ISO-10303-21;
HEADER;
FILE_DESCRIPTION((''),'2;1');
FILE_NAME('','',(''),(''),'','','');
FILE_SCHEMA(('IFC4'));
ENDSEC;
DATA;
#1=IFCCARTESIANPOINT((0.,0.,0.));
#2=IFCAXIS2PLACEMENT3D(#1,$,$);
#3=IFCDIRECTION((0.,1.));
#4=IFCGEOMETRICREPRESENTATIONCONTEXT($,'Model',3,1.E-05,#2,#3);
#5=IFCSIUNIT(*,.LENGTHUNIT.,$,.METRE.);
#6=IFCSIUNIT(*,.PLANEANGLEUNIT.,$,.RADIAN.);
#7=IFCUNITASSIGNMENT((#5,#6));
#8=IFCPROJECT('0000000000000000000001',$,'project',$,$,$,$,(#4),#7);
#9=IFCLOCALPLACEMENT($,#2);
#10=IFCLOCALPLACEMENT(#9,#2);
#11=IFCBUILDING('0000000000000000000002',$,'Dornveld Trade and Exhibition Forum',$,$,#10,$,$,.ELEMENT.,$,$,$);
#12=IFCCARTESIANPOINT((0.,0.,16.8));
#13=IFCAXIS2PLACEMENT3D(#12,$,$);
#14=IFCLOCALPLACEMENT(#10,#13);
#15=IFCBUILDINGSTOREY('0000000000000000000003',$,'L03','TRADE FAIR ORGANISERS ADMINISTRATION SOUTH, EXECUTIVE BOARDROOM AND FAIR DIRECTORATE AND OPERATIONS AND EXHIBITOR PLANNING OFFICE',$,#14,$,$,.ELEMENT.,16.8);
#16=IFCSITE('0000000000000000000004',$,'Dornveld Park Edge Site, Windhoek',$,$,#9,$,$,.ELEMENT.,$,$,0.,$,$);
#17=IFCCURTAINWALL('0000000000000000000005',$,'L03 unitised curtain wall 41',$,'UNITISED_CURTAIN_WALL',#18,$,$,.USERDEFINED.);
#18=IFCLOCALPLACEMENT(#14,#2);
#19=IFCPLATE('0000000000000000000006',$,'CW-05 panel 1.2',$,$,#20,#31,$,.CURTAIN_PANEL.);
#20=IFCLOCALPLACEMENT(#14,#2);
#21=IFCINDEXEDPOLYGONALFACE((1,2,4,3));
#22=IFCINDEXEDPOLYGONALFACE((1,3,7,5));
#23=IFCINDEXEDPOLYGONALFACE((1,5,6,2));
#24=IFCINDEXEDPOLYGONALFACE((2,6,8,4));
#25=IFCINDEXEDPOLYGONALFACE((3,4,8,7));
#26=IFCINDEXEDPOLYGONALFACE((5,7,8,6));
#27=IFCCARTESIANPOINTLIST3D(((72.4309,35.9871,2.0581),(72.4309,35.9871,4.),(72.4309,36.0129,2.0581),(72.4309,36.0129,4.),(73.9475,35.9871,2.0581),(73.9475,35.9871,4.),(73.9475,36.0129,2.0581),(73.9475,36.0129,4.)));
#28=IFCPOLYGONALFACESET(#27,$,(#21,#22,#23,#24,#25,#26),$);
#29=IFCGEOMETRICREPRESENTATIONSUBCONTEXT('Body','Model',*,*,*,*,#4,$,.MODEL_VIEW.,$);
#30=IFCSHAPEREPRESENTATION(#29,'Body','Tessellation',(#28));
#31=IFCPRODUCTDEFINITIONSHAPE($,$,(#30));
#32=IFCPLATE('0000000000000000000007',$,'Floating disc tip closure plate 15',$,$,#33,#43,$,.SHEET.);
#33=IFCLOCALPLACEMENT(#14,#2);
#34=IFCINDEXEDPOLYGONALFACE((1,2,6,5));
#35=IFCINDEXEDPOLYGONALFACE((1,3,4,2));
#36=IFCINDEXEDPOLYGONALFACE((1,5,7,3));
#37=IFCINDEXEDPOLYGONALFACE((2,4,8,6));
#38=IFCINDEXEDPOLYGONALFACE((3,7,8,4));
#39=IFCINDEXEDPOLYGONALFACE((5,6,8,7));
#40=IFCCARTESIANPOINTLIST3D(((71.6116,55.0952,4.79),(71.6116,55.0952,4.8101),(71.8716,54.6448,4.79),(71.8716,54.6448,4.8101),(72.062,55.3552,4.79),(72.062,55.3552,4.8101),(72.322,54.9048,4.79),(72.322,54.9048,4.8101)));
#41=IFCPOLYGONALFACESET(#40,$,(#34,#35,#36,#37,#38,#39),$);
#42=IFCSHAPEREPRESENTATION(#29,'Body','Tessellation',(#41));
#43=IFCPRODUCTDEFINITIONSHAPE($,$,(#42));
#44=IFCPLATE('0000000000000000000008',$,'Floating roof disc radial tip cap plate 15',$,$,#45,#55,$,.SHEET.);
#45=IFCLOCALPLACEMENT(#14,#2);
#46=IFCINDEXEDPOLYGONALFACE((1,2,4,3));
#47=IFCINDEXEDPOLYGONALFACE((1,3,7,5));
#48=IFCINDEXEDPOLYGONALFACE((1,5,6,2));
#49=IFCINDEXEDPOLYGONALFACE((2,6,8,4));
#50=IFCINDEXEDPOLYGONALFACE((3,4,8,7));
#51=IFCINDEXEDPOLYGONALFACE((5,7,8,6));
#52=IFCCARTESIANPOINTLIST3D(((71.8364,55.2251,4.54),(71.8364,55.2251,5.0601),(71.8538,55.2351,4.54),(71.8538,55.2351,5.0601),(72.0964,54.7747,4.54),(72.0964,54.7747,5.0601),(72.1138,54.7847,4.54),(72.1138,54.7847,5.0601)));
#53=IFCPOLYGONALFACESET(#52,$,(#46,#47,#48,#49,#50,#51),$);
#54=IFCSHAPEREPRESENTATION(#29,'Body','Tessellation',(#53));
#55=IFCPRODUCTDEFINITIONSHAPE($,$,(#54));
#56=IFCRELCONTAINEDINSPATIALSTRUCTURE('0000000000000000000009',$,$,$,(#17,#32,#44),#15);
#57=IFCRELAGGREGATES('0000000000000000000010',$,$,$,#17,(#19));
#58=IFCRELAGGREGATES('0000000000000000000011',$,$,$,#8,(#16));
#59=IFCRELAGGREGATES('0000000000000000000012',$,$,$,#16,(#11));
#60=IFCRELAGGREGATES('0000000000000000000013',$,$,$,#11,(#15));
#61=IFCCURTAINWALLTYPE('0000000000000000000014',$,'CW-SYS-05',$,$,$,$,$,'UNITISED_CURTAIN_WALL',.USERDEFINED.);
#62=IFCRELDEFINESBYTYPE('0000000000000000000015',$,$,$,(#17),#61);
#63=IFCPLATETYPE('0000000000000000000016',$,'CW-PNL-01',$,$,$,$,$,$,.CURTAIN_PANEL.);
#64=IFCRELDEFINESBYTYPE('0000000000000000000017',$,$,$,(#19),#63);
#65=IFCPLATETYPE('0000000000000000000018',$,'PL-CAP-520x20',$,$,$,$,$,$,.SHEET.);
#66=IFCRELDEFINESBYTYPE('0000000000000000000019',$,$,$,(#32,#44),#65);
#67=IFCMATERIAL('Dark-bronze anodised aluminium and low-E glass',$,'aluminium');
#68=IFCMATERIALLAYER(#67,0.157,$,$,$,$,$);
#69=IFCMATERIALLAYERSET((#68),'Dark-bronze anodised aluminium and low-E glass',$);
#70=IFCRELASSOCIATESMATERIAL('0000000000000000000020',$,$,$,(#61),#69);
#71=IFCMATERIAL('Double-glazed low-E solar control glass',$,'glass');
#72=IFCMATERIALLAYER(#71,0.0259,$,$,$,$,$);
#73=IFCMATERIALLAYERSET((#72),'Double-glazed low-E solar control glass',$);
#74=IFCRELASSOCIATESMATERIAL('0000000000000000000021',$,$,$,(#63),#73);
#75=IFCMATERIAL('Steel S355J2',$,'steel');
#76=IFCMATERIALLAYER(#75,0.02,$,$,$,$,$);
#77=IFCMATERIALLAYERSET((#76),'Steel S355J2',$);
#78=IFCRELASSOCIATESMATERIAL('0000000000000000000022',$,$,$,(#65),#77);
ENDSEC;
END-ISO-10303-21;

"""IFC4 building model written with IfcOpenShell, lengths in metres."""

from ifc_helpers import new_model, si_unit, direction, frame, origin, origin_2d, place, context, subcontext, project, spatial, rectangle, extrude, material, layer, layer_set, type_object, element, aggregate, save


model = new_model("IFC4")

# Units and contexts
model_context = context("Model", 3, precision=1e-05, world=origin(), true_north=direction((0.0, 1.0)))
body_context = subcontext(model_context, "Body", "Model", "MODEL_VIEW")
ifc_project = project(units=[si_unit("LENGTHUNIT", "METRE"), si_unit("PLANEANGLEUNIT", "RADIAN")], contexts=[model_context])

# Site, building, storey
site_placement = place(None, origin())
site = spatial("IfcSite", under=ifc_project, at=site_placement, Name="Dornveld Park Edge Site, Windhoek", CompositionType="ELEMENT", RefElevation=0.0)
building_placement = place(site_placement, origin())
building = spatial("IfcBuilding", under=site, at=building_placement, Name="Dornveld Trade and Exhibition Forum", CompositionType="ELEMENT")
storey_placement = place(building_placement, frame((0.0, 0.0, 16.8)))
storey = spatial("IfcBuildingStorey", under=building, at=storey_placement, Name="L03", Description="TRADE FAIR ORGANISERS ADMINISTRATION SOUTH, EXECUTIVE BOARDROOM AND FAIR DIRECTORATE AND OPERATIONS AND EXHIBITOR PLANNING OFFICE", CompositionType="ELEMENT", Elevation=16.8)

# Curtain wall
ifc_material_1 = material(Name="Dark-bronze anodised aluminium and low-E glass", Category="aluminium")
ifc_layer_1 = layer(ifc_material_1, 0.157)
ifc_layer_set_1 = layer_set([ifc_layer_1], Name="Dark-bronze anodised aluminium and low-E glass")
curtain_wall_type = type_object("IfcCurtainWallType", Name="CW-SYS-05", ElementType="UNITISED_CURTAIN_WALL", PredefinedType="USERDEFINED", material=ifc_layer_set_1)
curtain_wall_placement = place(storey_placement, origin())
curtain_wall = element("IfcCurtainWall", 1, at=curtain_wall_placement, inside=storey, type_object=curtain_wall_type, Name="L03 unitised curtain wall 41", ObjectType="UNITISED_CURTAIN_WALL", PredefinedType="USERDEFINED")

# Plate
ifc_material_2 = material(Name="Double-glazed low-E solar control glass", Category="glass")
ifc_layer_2 = layer(ifc_material_2, 0.0259)
ifc_layer_set_2 = layer_set([ifc_layer_2], Name="Double-glazed low-E solar control glass")
plate_type_1 = type_object("IfcPlateType", Name="CW-PNL-01", PredefinedType="CURTAIN_PANEL", material=ifc_layer_set_2)
plate_1_placement = place(storey_placement, frame((73.1892, 36.0, 2.0581), z_axis=(0.0, 0.0, 1.0), x_axis=(1.0, 0.0, 0.0)))
plate_1 = element("IfcPlate", 2, at=plate_1_placement, type_object=plate_type_1, Name="CW-05 panel 1.2", PredefinedType="CURTAIN_PANEL", context=body_context, shape_type="SweptSolid", body=[
    extrude(rectangle(XDim=1.5166, YDim=0.0259, at=origin_2d()), origin(), (0.0, 0.0, 1.0), 1.9419),
])
aggregate(curtain_wall, [plate_1])

# Plates
ifc_material_3 = material(Name="Steel S355J2", Category="steel")
ifc_layer_3 = layer(ifc_material_3, 0.02)
ifc_layer_set_3 = layer_set([ifc_layer_3], Name="Steel S355J2")
plate_type_2 = type_object("IfcPlateType", Name="PL-CAP-520x20", PredefinedType="SHEET", material=ifc_layer_set_3)
plate_2_placement = place(storey_placement, frame((71.9668, 55.0, 4.79), z_axis=(0.0, 0.0, 1.0), x_axis=(-0.866025, -0.5, 0.0)))
element("IfcPlate", 3, at=plate_2_placement, inside=storey, type_object=plate_type_2, Name="Floating disc tip closure plate 15", PredefinedType="SHEET", context=body_context, shape_type="SweptSolid", body=[
    extrude(rectangle(XDim=0.52, YDim=0.52, at=origin_2d()), origin(), (0.0, 0.0, 1.0), 0.02),
])
plate_3_placement = place(storey_placement, frame((71.9751, 55.0049, 4.54), z_axis=(0.0, 0.0, 1.0), x_axis=(-0.866025, -0.5, 0.0)))
element("IfcPlate", 4, at=plate_3_placement, inside=storey, type_object=plate_type_2, Name="Floating roof disc radial tip cap plate 15", PredefinedType="SHEET", context=body_context, shape_type="SweptSolid", body=[
    extrude(rectangle(XDim=0.02, YDim=0.52, at=origin_2d()), origin(), (0.0, 0.0, 1.0), 0.52),
])

save(model, "model.ifc")
